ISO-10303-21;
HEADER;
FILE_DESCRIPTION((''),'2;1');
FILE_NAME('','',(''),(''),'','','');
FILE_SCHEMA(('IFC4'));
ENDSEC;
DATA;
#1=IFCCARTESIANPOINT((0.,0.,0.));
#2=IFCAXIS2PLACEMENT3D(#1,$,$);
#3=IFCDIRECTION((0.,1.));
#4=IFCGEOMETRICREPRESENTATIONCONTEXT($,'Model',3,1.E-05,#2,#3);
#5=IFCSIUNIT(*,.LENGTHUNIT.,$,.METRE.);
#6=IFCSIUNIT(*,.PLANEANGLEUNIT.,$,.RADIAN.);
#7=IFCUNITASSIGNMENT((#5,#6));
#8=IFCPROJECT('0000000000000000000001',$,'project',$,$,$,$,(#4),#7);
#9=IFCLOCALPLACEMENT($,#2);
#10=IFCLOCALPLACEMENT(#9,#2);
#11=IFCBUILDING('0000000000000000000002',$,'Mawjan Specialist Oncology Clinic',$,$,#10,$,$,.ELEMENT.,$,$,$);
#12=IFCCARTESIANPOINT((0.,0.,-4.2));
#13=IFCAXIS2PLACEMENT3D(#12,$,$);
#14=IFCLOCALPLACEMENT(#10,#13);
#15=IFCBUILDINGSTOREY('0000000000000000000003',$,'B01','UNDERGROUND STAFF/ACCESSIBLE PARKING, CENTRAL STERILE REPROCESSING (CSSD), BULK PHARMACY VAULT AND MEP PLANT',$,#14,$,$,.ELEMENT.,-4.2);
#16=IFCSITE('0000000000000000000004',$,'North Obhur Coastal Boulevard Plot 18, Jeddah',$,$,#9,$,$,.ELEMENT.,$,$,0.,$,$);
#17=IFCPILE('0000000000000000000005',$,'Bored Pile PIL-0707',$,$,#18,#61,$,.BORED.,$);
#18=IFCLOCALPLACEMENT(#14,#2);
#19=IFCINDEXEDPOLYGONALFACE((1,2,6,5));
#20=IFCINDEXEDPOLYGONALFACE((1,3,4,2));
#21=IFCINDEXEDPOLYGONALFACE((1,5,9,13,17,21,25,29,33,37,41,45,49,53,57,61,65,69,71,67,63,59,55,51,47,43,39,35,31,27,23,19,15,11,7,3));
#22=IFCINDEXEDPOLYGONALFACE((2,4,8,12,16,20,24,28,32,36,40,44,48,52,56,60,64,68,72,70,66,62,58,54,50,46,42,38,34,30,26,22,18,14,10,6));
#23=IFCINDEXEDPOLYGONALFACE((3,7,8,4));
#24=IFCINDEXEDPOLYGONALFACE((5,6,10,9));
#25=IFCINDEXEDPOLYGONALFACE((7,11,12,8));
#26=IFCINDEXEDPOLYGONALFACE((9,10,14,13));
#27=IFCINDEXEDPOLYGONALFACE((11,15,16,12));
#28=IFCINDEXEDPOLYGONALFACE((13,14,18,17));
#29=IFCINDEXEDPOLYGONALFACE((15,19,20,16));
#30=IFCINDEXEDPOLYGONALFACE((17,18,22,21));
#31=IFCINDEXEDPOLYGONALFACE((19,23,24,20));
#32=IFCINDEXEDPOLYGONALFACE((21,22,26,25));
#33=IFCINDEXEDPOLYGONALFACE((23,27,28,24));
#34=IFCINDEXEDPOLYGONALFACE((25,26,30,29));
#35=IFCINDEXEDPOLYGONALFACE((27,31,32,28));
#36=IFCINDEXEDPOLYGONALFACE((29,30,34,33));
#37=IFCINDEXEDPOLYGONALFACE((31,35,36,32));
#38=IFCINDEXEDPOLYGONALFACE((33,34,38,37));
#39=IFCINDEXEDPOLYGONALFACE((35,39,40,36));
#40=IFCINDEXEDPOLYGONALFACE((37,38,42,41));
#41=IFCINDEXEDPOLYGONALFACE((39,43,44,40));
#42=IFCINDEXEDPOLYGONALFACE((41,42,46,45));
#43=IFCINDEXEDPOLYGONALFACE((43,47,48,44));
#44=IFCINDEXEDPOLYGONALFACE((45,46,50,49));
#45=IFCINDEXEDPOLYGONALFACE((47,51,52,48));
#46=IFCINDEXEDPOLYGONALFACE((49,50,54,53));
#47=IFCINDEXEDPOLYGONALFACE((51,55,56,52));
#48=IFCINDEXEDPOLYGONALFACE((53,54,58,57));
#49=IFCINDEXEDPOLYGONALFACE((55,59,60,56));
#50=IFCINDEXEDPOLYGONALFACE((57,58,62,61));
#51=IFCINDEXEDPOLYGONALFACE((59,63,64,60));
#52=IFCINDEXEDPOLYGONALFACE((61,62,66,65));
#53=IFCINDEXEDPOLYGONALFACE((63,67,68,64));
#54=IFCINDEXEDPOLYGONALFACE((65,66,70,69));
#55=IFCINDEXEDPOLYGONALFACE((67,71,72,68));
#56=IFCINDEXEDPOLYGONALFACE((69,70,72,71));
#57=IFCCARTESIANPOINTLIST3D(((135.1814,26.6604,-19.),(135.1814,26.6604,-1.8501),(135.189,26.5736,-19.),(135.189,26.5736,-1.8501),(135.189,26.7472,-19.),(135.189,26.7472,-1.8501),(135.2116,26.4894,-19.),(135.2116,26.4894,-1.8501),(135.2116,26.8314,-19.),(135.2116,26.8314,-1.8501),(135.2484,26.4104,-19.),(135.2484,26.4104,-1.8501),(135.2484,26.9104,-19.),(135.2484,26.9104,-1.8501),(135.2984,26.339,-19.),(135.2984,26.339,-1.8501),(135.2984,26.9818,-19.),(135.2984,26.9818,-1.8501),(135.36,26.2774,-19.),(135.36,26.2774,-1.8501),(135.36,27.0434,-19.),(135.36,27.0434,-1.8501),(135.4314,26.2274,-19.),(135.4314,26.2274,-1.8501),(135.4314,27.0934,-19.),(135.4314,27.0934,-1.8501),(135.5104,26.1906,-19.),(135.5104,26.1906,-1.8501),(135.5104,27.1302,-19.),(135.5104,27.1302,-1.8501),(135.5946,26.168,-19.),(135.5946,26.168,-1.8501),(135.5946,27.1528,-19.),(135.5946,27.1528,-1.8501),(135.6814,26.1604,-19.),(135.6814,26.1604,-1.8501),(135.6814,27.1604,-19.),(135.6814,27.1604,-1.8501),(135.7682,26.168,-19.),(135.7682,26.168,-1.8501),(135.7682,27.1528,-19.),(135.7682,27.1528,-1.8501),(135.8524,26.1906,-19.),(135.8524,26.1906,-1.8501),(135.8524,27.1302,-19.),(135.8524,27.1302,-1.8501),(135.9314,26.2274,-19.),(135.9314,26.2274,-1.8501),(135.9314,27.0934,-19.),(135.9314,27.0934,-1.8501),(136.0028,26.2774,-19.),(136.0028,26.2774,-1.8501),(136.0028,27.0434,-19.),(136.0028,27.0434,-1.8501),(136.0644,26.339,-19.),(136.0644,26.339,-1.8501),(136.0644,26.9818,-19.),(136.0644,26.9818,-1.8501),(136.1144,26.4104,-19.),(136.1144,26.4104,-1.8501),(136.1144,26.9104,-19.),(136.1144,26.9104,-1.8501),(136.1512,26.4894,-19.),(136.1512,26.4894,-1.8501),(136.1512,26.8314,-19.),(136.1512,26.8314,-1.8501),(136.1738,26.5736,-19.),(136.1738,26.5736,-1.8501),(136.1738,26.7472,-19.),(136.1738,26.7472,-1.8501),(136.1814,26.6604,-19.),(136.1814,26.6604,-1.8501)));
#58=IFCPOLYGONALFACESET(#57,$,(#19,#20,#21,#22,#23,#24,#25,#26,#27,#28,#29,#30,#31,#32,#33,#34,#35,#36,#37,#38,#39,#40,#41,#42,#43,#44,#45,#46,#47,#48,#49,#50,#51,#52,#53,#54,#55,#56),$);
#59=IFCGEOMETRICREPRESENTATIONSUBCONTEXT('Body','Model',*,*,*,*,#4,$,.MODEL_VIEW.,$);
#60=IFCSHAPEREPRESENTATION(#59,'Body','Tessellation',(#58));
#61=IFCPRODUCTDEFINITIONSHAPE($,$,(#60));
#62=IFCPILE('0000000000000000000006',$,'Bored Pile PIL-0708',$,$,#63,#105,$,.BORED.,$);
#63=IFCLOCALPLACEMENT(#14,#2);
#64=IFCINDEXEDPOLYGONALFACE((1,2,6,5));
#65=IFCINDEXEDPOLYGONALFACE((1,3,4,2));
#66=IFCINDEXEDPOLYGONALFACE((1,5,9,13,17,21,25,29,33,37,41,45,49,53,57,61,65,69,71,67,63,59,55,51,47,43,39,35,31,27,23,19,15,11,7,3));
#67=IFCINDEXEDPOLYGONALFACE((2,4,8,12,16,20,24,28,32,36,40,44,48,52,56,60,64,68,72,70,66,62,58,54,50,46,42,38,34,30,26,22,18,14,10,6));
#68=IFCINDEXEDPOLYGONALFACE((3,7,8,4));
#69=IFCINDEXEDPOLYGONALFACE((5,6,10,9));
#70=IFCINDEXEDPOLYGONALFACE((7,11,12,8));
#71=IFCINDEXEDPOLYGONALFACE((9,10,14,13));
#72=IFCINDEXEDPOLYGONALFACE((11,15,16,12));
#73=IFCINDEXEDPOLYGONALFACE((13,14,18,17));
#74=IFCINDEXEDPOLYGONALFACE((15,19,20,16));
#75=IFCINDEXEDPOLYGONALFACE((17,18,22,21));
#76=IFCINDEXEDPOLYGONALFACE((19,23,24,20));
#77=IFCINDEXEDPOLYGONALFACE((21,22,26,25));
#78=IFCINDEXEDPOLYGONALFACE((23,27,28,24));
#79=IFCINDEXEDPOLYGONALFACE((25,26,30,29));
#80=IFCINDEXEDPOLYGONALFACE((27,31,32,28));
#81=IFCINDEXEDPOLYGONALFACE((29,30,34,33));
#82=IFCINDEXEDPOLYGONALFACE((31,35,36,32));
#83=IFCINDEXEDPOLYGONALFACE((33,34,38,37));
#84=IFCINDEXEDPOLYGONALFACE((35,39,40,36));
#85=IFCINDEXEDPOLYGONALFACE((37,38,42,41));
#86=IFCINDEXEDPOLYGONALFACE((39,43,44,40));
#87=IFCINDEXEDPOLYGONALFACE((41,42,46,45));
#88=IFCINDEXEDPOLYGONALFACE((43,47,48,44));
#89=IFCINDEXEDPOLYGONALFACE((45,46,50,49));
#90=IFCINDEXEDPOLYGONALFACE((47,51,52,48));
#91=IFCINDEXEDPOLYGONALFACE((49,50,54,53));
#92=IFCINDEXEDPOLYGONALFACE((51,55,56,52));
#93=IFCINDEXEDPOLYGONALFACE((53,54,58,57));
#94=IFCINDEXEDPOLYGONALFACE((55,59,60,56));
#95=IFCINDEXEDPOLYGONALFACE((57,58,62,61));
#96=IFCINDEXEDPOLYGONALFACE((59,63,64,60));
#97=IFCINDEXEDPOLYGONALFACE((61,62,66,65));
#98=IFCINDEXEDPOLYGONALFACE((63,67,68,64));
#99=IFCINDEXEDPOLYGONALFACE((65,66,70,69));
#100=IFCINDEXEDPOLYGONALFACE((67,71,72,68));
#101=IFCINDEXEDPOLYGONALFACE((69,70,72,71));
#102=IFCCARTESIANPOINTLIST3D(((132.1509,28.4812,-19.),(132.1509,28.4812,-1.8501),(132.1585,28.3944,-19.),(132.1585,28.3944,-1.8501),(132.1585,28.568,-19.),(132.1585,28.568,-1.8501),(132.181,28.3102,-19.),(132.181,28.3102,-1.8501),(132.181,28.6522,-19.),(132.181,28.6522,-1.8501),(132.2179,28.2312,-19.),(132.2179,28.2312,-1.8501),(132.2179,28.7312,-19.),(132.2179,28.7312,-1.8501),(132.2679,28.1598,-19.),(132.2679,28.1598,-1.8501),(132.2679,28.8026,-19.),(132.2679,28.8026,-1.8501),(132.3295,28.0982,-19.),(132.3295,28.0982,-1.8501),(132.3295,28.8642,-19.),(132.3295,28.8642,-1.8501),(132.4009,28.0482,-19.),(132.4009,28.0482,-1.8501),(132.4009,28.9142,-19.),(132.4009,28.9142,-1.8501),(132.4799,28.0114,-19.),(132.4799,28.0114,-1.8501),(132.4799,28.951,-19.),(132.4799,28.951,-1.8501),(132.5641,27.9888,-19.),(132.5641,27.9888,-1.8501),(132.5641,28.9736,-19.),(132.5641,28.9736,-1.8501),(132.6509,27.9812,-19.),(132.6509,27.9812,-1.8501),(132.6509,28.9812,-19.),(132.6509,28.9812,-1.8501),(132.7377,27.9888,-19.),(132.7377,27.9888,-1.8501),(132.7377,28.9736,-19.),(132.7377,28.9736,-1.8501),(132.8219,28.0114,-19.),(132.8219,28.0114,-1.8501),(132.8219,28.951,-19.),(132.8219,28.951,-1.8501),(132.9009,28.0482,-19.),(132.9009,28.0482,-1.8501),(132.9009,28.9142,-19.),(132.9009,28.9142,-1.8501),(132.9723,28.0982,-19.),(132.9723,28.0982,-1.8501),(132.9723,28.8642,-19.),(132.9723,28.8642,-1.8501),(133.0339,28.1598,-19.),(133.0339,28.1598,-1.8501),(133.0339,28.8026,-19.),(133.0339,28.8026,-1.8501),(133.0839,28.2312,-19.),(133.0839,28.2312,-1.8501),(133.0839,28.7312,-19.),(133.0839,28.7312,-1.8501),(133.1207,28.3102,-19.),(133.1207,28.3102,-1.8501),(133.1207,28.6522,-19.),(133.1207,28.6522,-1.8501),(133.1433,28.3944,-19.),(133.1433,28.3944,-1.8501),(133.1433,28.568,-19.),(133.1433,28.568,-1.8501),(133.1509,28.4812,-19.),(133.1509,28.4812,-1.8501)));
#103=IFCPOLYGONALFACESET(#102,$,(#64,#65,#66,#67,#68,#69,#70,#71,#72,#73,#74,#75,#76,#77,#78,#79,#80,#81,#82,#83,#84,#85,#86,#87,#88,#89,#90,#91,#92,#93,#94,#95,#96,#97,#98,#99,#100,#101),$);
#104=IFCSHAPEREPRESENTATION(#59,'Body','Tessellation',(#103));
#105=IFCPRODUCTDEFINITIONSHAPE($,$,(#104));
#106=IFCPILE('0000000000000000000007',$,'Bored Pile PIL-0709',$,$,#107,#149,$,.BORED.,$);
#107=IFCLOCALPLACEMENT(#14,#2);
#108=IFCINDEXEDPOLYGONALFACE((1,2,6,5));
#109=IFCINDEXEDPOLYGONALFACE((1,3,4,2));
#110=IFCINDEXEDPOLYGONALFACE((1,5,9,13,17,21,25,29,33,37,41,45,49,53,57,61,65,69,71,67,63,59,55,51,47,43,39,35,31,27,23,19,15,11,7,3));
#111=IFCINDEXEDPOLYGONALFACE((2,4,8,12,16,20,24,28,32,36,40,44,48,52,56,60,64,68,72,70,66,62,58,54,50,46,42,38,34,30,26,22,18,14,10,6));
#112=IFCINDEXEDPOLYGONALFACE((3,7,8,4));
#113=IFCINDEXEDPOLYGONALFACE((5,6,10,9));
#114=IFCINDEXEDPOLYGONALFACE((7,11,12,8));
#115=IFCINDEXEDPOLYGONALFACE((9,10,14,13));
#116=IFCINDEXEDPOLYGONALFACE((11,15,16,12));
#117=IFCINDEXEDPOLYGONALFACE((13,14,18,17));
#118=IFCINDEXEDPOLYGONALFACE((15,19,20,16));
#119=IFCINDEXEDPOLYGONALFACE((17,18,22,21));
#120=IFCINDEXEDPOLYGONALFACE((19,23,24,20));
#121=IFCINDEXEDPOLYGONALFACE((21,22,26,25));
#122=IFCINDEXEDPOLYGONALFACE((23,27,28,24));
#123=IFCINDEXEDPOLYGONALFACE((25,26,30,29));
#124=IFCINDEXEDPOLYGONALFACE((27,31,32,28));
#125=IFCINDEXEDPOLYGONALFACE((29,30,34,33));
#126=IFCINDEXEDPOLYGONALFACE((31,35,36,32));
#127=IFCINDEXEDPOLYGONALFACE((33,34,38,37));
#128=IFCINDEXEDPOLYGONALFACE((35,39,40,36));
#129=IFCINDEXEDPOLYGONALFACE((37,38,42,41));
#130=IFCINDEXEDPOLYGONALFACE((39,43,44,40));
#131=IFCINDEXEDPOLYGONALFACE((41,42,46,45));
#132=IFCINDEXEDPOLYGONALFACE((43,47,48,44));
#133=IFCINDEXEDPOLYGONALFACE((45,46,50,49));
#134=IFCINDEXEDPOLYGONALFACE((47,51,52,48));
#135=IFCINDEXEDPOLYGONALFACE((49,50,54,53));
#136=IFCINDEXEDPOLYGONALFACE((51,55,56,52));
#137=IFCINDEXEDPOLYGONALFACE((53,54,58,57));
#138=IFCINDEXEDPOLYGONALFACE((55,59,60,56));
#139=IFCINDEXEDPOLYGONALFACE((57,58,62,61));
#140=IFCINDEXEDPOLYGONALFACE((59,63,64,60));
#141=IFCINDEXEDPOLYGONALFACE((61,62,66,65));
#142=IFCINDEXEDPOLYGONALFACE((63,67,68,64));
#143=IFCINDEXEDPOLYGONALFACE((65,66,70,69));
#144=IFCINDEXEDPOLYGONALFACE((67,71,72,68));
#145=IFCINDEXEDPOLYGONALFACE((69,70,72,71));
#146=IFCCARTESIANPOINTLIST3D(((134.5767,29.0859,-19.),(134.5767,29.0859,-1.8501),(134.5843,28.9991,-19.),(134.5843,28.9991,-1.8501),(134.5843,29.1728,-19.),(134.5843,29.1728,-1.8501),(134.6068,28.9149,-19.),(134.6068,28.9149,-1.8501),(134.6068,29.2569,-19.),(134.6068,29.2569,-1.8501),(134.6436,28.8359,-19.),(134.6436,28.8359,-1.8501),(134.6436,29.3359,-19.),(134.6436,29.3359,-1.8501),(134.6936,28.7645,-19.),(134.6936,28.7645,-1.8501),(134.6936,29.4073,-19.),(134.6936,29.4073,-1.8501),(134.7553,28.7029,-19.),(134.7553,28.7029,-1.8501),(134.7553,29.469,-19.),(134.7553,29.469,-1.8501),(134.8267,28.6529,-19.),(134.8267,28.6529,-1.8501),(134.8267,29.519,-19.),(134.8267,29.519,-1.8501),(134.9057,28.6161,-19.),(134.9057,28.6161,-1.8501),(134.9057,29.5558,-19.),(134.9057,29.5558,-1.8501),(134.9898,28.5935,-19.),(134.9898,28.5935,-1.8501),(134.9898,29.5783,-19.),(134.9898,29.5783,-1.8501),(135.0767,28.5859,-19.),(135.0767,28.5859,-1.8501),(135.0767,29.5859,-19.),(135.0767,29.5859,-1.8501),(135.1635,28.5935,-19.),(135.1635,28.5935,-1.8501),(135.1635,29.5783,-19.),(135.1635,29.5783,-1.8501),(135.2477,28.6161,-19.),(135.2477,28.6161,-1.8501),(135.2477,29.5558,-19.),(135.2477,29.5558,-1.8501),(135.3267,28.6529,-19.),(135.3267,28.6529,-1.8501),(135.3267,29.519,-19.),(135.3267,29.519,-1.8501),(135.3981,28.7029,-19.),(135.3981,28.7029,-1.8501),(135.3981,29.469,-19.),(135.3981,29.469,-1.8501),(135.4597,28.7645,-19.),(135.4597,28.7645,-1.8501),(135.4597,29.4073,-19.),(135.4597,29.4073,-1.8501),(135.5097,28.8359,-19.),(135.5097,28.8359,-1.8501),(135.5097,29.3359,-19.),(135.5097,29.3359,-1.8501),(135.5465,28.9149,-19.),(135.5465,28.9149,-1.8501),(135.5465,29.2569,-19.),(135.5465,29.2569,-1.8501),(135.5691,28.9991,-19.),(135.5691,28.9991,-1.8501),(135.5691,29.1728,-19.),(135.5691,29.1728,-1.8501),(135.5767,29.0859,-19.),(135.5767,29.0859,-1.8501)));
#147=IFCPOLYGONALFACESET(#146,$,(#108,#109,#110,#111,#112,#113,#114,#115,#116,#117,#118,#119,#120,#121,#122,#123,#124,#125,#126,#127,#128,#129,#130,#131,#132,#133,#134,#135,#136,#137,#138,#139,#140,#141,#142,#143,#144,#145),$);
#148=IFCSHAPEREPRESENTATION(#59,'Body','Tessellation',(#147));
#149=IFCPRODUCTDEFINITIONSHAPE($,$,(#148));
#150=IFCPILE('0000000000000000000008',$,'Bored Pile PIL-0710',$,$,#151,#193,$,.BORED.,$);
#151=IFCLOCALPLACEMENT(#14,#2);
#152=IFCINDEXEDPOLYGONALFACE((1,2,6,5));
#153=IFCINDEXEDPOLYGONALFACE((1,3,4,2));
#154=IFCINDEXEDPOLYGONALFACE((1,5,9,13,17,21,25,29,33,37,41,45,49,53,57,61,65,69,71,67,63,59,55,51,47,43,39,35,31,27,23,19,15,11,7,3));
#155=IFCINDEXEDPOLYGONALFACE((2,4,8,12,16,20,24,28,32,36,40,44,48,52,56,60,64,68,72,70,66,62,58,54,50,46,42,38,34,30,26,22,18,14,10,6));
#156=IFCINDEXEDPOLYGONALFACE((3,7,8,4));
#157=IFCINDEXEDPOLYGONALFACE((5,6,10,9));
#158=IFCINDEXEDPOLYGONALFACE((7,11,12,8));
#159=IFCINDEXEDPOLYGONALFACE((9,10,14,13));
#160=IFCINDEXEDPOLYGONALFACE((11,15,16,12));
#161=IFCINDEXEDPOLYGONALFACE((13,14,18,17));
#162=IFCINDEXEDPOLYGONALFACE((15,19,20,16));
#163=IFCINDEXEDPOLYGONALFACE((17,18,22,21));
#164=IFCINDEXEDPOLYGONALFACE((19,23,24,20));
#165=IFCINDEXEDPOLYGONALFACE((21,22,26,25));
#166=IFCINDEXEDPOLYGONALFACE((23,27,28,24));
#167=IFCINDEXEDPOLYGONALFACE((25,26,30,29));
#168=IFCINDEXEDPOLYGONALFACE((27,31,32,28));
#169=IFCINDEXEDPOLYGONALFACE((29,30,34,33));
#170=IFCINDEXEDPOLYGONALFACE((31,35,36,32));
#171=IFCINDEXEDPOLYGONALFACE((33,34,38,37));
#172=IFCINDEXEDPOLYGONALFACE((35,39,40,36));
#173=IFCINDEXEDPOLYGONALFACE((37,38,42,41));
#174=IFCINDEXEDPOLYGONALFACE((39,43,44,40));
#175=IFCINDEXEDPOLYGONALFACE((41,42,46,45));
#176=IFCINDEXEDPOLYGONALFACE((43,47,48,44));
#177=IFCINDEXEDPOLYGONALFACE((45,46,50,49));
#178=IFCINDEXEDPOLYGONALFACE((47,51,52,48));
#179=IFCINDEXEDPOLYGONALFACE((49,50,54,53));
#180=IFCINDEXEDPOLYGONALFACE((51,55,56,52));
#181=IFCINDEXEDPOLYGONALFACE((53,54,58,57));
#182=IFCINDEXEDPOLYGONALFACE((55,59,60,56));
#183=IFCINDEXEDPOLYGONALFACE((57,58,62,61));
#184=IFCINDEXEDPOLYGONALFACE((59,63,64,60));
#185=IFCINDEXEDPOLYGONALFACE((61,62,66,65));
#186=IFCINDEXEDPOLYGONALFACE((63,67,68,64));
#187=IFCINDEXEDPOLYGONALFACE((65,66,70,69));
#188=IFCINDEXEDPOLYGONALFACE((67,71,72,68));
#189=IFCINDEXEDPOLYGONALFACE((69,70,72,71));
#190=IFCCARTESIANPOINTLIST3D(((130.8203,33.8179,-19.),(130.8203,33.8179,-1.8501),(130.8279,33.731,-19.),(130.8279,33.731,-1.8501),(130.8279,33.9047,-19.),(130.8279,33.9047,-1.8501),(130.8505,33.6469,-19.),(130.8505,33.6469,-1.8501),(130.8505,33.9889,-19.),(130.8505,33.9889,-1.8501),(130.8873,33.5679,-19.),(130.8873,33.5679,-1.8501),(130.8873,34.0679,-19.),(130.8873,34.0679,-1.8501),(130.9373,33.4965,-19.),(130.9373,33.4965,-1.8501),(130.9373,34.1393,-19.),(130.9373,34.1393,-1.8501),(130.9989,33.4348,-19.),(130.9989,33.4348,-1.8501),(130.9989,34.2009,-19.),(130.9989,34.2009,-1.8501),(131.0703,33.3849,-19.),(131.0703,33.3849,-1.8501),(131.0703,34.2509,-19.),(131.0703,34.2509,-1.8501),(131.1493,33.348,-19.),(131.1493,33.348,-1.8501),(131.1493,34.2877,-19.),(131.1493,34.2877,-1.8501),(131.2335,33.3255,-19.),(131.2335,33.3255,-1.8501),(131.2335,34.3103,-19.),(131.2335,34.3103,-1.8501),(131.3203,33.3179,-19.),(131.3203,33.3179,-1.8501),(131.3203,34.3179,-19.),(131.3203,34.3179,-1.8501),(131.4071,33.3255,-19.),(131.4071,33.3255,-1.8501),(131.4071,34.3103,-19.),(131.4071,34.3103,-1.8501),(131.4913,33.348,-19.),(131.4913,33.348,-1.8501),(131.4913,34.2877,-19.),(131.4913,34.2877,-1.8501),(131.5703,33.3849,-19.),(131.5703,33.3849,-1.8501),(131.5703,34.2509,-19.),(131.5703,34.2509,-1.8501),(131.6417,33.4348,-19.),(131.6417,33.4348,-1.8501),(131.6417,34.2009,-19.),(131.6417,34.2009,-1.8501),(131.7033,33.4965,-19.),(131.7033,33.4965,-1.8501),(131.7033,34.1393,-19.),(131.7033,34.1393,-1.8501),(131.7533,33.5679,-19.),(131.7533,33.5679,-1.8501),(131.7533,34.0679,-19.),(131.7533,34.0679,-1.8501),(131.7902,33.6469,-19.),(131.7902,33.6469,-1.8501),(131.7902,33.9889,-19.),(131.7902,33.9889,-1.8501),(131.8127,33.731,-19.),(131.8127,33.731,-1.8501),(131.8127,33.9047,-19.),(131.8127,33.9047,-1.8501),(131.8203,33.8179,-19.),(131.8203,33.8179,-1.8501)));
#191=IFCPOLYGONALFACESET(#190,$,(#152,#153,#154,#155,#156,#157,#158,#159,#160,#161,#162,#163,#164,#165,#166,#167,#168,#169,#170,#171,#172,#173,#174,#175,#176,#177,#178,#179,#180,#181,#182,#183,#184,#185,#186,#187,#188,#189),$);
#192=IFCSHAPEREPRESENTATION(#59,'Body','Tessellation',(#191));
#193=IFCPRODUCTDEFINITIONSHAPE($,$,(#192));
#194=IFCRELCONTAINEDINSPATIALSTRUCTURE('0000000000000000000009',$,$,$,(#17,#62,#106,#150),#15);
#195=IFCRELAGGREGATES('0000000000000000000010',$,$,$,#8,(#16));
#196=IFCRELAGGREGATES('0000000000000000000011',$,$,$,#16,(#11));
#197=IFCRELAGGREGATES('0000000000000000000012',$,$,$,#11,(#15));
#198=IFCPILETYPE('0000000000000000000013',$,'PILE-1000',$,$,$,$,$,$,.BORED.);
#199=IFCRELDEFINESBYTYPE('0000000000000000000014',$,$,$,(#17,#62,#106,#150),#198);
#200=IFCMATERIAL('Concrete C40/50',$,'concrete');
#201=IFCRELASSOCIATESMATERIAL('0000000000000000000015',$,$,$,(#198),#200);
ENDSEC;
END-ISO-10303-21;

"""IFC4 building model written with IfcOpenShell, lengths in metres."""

from ifc_helpers import new_model, si_unit, direction, frame, origin, origin_2d, place, context, subcontext, project, spatial, circle, extrude, material, material_profile, profile_set, type_object, element, save


model = new_model("IFC4")

# Units and contexts
model_context = context("Model", 3, precision=1e-05, world=origin(), true_north=direction((0.0, 1.0)))
body_context = subcontext(model_context, "Body", "Model", "MODEL_VIEW")
ifc_project = project(units=[si_unit("LENGTHUNIT", "METRE"), si_unit("PLANEANGLEUNIT", "RADIAN")], contexts=[model_context])

# Site, building, storey
site_placement = place(None, origin())
site = spatial("IfcSite", under=ifc_project, at=site_placement, Name="North Obhur Coastal Boulevard Plot 18, Jeddah", CompositionType="ELEMENT", RefElevation=0.0)
building_placement = place(site_placement, origin())
building = spatial("IfcBuilding", under=site, at=building_placement, Name="Mawjan Specialist Oncology Clinic", CompositionType="ELEMENT")
storey_placement = place(building_placement, frame((0.0, 0.0, -4.2)))
storey = spatial("IfcBuildingStorey", under=building, at=storey_placement, Name="B01", Description="UNDERGROUND STAFF/ACCESSIBLE PARKING, CENTRAL STERILE REPROCESSING (CSSD), BULK PHARMACY VAULT AND MEP PLANT", CompositionType="ELEMENT", Elevation=-4.2)

# Piles
ifc_material_1 = material(Name="Concrete C40/50", Category="concrete")
ifc_material_profile_1 = material_profile(ifc_material_1, circle(Radius=0.5, at=origin_2d()), Name="BORED PILE D1000", Category="concrete")
ifc_profile_set_1 = profile_set([ifc_material_profile_1], Name="Concrete C40/50")
pile_type = type_object("IfcPileType", Name="PILE-1000", PredefinedType="BORED", material=ifc_profile_set_1)
for number, where, z_axis, x_axis, name in (
    (1, (135.6814, 26.6604, -1.8501), (0.0, 0.0, -1.0), (1.0, 0.0, 0.0), "Bored Pile PIL-0707"),
    (2, (132.6509, 28.4812, -1.8501), (0.0, 0.0, -1.0), (1.0, 0.0, 0.0), "Bored Pile PIL-0708"),
    (3, (135.0767, 29.0859, -1.8501), (0.0, 0.0, -1.0), (1.0, 0.0, 0.0), "Bored Pile PIL-0709"),
    (4, (131.3203, 33.8179, -1.8501), (0.0, 0.0, -1.0), (1.0, 0.0, 0.0), "Bored Pile PIL-0710"),
):
    element("IfcPile", number, at=place(storey_placement, frame(where, z_axis=z_axis, x_axis=x_axis)), inside=storey, type_object=pile_type, Name=name, PredefinedType="BORED", context=body_context, shape_type="SweptSolid", body=[
        extrude(circle(Radius=0.5, at=origin_2d()), origin(), (0.0, 0.0, 1.0), 17.1499),
    ])

save(model, "model.ifc")
